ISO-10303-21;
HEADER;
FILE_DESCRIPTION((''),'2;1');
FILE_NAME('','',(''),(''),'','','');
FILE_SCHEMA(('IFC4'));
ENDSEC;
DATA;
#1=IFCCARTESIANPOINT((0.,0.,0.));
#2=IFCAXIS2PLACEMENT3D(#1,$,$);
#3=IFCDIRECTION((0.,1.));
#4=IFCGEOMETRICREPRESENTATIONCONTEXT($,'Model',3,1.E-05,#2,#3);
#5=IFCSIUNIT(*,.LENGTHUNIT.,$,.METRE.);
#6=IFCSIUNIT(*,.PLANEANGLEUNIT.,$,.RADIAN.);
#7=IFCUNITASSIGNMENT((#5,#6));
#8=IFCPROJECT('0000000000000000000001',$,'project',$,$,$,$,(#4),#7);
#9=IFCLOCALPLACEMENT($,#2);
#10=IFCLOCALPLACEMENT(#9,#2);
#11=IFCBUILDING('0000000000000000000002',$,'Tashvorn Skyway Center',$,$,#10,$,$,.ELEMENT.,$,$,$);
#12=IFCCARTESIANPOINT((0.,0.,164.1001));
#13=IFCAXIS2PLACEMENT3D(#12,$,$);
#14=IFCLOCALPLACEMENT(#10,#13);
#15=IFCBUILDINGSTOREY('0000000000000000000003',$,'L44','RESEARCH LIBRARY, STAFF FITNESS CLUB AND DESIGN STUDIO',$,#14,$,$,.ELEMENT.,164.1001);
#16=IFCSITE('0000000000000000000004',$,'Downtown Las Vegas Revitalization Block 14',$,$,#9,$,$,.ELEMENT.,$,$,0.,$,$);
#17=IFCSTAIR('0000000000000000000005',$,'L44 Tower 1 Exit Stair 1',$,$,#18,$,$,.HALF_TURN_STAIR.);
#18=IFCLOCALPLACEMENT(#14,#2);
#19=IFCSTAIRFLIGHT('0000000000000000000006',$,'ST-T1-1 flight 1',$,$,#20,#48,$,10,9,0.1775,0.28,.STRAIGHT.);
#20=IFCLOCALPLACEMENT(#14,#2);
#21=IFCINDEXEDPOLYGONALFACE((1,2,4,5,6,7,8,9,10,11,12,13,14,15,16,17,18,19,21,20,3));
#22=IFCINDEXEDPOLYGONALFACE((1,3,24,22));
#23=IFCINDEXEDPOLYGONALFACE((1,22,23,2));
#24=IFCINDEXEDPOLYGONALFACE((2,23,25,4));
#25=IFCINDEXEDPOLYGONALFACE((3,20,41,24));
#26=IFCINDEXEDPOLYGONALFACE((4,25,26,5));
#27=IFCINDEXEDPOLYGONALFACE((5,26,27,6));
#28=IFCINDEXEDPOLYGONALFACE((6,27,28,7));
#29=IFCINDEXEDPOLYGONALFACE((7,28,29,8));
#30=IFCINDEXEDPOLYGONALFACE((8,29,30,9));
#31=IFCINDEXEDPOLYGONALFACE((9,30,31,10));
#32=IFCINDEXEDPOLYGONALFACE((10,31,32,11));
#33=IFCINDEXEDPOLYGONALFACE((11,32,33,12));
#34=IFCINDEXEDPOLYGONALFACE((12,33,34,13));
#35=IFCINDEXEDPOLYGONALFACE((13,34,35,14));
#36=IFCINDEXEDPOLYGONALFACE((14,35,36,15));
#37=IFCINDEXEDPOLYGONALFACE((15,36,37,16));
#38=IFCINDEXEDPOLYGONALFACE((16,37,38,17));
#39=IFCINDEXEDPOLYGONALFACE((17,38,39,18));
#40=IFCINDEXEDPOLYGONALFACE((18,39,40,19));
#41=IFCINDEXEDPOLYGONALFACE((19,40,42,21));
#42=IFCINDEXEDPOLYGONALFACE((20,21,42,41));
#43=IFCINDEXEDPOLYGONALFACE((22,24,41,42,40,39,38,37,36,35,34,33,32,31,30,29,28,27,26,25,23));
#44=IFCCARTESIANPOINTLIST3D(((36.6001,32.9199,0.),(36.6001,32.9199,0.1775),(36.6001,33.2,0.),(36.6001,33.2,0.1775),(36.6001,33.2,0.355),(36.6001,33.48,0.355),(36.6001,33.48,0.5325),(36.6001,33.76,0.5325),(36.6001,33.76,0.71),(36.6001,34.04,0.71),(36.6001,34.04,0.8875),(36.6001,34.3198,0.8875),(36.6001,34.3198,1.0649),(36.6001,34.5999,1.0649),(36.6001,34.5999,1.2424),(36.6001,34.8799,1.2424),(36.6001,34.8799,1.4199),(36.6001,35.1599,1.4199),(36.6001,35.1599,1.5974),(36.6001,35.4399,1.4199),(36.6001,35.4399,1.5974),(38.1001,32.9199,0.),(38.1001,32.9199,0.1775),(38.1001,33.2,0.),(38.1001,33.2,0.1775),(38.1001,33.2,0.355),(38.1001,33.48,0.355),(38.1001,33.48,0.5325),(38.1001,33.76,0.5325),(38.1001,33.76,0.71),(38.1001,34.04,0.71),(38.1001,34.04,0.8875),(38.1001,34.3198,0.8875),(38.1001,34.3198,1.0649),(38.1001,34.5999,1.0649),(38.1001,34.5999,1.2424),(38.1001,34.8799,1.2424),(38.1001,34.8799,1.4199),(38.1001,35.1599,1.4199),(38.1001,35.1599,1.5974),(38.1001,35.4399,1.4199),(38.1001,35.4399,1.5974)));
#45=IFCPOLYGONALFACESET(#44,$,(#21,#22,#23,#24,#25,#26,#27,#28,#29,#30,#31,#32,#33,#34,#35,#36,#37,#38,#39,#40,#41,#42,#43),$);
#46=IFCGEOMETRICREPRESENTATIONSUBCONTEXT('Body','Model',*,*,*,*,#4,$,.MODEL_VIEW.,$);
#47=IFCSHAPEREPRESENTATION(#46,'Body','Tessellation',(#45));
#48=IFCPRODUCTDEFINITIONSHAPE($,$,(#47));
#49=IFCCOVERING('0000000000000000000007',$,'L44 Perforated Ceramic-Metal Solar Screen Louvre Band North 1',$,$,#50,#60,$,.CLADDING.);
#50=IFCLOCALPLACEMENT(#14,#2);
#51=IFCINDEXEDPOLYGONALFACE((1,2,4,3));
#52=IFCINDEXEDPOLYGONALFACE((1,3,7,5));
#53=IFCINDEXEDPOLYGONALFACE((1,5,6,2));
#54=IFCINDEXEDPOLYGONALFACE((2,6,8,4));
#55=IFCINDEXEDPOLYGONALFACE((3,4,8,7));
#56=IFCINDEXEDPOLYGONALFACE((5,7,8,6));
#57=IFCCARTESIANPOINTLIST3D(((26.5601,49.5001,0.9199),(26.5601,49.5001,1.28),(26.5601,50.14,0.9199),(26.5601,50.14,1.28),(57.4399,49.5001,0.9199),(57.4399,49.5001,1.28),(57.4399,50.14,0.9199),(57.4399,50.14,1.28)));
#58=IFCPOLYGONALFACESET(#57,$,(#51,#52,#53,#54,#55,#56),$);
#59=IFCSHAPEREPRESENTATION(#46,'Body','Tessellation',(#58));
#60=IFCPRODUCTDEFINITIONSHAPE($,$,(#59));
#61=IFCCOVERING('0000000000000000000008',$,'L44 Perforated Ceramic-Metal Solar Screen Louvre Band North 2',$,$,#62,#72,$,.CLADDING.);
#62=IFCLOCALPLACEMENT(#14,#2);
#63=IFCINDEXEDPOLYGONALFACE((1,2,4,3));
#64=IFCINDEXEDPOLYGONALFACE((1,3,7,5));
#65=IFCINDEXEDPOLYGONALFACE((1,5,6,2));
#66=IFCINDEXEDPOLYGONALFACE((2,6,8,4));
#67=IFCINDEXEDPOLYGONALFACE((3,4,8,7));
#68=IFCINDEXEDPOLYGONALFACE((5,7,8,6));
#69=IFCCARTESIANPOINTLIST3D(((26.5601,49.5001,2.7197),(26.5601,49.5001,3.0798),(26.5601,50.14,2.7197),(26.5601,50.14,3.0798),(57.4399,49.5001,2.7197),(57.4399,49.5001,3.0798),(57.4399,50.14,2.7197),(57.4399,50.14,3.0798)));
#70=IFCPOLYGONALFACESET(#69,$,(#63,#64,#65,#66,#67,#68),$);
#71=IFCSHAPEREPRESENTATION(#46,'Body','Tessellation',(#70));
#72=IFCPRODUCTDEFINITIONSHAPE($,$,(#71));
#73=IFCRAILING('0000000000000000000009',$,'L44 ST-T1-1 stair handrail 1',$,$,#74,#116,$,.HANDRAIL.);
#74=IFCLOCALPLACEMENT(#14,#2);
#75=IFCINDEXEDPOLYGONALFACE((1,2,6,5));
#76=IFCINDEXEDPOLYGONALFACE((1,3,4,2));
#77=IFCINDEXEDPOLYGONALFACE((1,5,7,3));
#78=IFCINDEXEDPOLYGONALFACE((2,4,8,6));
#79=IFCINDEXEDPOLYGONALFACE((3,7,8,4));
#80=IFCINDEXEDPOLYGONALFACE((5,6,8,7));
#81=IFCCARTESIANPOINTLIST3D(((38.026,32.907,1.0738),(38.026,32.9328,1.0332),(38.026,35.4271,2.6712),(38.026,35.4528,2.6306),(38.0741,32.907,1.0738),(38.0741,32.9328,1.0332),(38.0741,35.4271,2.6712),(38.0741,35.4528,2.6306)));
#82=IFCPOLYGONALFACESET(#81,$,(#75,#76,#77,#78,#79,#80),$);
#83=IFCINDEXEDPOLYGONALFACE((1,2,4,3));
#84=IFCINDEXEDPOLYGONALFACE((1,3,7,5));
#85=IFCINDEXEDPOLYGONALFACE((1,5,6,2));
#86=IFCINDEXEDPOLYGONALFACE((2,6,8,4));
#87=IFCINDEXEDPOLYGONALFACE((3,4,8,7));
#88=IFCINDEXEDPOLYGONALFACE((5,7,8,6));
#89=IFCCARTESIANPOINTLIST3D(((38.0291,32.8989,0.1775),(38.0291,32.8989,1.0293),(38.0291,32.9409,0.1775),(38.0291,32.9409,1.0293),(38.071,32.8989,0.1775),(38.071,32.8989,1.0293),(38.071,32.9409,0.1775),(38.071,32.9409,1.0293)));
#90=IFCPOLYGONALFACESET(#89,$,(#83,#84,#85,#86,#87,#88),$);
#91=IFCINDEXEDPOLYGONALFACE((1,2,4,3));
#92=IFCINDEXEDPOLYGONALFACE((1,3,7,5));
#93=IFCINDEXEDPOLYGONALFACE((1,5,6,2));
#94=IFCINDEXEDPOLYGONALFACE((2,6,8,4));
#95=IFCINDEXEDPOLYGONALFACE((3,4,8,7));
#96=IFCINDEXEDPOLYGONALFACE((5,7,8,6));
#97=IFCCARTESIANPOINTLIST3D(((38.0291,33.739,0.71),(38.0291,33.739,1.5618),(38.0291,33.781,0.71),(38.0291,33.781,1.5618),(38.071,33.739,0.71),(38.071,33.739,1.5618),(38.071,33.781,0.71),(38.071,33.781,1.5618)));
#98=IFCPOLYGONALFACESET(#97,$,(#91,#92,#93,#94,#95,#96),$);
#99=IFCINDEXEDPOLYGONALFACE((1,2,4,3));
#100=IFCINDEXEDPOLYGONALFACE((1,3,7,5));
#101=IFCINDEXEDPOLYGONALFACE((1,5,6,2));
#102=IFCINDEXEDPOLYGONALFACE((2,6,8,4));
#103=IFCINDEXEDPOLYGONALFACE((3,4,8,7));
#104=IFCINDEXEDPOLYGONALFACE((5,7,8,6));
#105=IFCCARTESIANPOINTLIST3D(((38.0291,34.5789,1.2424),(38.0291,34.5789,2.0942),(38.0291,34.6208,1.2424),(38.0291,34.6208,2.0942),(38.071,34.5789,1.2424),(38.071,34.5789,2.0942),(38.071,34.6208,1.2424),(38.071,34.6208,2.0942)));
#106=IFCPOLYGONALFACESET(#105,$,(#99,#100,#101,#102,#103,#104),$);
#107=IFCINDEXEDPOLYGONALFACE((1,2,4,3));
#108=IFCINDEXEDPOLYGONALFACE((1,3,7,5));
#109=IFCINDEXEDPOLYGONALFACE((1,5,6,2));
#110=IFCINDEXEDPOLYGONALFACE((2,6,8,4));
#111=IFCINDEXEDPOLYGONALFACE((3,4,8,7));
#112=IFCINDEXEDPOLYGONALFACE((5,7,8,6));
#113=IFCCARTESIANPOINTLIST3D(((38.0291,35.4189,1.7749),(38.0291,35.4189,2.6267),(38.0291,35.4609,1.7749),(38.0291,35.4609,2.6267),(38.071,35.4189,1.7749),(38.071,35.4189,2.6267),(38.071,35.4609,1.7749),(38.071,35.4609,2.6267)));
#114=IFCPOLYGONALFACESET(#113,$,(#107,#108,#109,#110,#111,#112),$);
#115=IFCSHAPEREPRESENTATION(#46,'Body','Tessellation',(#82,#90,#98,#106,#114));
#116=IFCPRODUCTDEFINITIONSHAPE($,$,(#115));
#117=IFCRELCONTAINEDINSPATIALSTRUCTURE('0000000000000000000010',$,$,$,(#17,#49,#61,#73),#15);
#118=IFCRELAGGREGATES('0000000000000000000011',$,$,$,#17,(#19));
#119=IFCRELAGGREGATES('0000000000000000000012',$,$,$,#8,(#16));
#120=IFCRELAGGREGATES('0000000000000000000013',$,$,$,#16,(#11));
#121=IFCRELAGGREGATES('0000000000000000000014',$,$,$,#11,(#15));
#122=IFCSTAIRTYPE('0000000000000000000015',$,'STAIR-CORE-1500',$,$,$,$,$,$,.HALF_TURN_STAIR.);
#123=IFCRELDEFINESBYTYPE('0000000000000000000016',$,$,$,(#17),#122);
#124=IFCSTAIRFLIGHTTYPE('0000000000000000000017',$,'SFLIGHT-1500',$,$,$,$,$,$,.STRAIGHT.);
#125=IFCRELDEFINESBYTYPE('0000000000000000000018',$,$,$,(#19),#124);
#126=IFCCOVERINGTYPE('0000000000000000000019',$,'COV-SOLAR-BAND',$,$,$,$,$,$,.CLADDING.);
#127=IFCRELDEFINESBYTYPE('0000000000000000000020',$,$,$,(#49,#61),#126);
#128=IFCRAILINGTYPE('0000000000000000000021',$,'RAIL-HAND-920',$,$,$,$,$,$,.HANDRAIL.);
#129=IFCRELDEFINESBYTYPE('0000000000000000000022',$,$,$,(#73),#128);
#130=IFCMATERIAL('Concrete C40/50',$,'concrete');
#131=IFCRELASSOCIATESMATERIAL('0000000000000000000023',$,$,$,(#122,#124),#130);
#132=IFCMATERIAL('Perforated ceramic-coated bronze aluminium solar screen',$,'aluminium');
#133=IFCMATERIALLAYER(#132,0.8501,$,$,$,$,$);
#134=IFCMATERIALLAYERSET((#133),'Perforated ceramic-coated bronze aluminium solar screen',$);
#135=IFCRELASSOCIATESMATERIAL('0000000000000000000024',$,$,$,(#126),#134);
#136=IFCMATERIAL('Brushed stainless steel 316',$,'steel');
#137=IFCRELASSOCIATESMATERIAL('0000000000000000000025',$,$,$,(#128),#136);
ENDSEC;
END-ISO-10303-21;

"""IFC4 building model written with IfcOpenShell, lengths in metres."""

from ifc_helpers import new_model, si_unit, direction, frame, origin, origin_2d, place, context, subcontext, project, spatial, polyline, rectangle, outline, extrude, material, layer, layer_set, type_object, element, aggregate, save


model = new_model("IFC4")

# Units and contexts
model_context = context("Model", 3, precision=1e-05, world=origin(), true_north=direction((0.0, 1.0)))
body_context = subcontext(model_context, "Body", "Model", "MODEL_VIEW")
ifc_project = project(units=[si_unit("LENGTHUNIT", "METRE"), si_unit("PLANEANGLEUNIT", "RADIAN")], contexts=[model_context])

# Site, building, storey
site_placement = place(None, origin())
site = spatial("IfcSite", under=ifc_project, at=site_placement, Name="Downtown Las Vegas Revitalization Block 14", CompositionType="ELEMENT", RefElevation=0.0)
building_placement = place(site_placement, origin())
building = spatial("IfcBuilding", under=site, at=building_placement, Name="Tashvorn Skyway Center", CompositionType="ELEMENT")
storey_placement = place(building_placement, frame((0.0, 0.0, 164.1001)))
storey = spatial("IfcBuildingStorey", under=building, at=storey_placement, Name="L44", Description="RESEARCH LIBRARY, STAFF FITNESS CLUB AND DESIGN STUDIO", CompositionType="ELEMENT", Elevation=164.1001)

# Shared definitions
ifc_material_1 = material(Name="Concrete C40/50", Category="concrete")

# Stair, stair flight
stair_type = type_object("IfcStairType", Name="STAIR-CORE-1500", PredefinedType="HALF_TURN_STAIR", material=ifc_material_1)
stair_placement = place(storey_placement, origin())
stair = element("IfcStair", 1, at=stair_placement, inside=storey, type_object=stair_type, Name="L44 Tower 1 Exit Stair 1", PredefinedType="HALF_TURN_STAIR")
stair_flight_type = type_object("IfcStairFlightType", Name="SFLIGHT-1500", PredefinedType="STRAIGHT", material=ifc_material_1)
stair_flight_placement = place(storey_placement, frame((37.3501, 32.9199, 0.0), z_axis=(0.0, 0.0, 1.0), x_axis=(0.0, 1.0, 0.0)))
stair_flight = element("IfcStairFlight", 2, at=stair_flight_placement, type_object=stair_flight_type, Name="ST-T1-1 flight 1", NumberOfRisers=10, NumberOfTreads=9, PredefinedType="STRAIGHT", RiserHeight=0.1775, TreadLength=0.28, context=body_context, shape_type="SweptSolid", body=[
    extrude(outline(polyline([(0.0, 0.0), (0.0, 0.1775), (0.28, 0.1775), (0.28, 0.355), (0.5601, 0.355), (0.5601, 0.5325), (0.8401, 0.5325), (0.8401, 0.71), (1.1201, 0.71), (1.1201, 0.8875), (1.3999, 0.8875), (1.3999, 1.0649), (1.6799, 1.0649), (1.6799, 1.2424), (1.96, 1.2424), (1.96, 1.4199), (2.24, 1.4199), (2.24, 1.5974), (2.52, 1.5974), (2.52, 1.7749), (2.52, 1.4199), (0.28, 0.0), (0.0, 0.0)])), frame((0.0, 0.75, 0.0), z_axis=(0.0, -1.0, 0.0), x_axis=(1.0, 0.0, 0.0)), (0.0, 0.0, 1.0), 1.5),
])
aggregate(stair, [stair_flight])

# Coverings
ifc_material_2 = material(Name="Perforated ceramic-coated bronze aluminium solar screen", Category="aluminium")
ifc_layer_1 = layer(ifc_material_2, 0.8501)
ifc_layer_set_1 = layer_set([ifc_layer_1], Name="Perforated ceramic-coated bronze aluminium solar screen")
covering_type = type_object("IfcCoveringType", Name="COV-SOLAR-BAND", PredefinedType="CLADDING", material=ifc_layer_set_1)
for number, where, z_axis, x_axis, name in (
    (3, (42.0, 49.8201, 0.9199), (0.0, 0.0, 1.0), (1.0, 0.0, 0.0), "L44 Perforated Ceramic-Metal Solar Screen Louvre Band North 1"),
    (4, (42.0, 49.8201, 2.7197), (0.0, 0.0, 1.0), (1.0, 0.0, 0.0), "L44 Perforated Ceramic-Metal Solar Screen Louvre Band North 2"),
):
    element("IfcCovering", number, at=place(storey_placement, frame(where, z_axis=z_axis, x_axis=x_axis)), inside=storey, type_object=covering_type, Name=name, PredefinedType="CLADDING", context=body_context, shape_type="SweptSolid", body=[
        extrude(rectangle(XDim=30.8799, YDim=0.6399, at=origin_2d()), origin(), (0.0, 0.0, 1.0), 0.3601),
    ])

# Railing
ifc_material_3 = material(Name="Brushed stainless steel 316", Category="steel")
railing_type = type_object("IfcRailingType", Name="RAIL-HAND-920", PredefinedType="HANDRAIL", material=ifc_material_3)
railing_placement = place(storey_placement, frame((38.05, 32.9199, 0.1775)))
element("IfcRailing", 5, at=railing_placement, inside=storey, type_object=railing_type, Name="L44 ST-T1-1 stair handrail 1", PredefinedType="HANDRAIL", context=body_context, shape_type="SweptSolid", body=[
    extrude(rectangle(XDim=0.0481, YDim=0.0481, at=origin_2d()), frame((0.0, 0.0, 0.876), z_axis=(0.0, 0.844607, 0.535387), x_axis=(-1.0, 0.0, 0.0)), (0.0, 0.0, 1.0), 2.9836),
    extrude(rectangle(XDim=0.042, YDim=0.042, at=origin_2d()), origin(), (0.0, 0.0, 1.0), 0.8518),
    extrude(rectangle(XDim=0.042, YDim=0.042, at=origin_2d()), frame((0.0, 0.8401, 0.5325)), (0.0, 0.0, 1.0), 0.8518),
    extrude(rectangle(XDim=0.042, YDim=0.042, at=origin_2d()), frame((0.0, 1.6799, 1.0649)), (0.0, 0.0, 1.0), 0.8518),
    extrude(rectangle(XDim=0.042, YDim=0.042, at=origin_2d()), frame((0.0, 2.52, 1.5974)), (0.0, 0.0, 1.0), 0.8518),
])

save(model, "model.ifc")
